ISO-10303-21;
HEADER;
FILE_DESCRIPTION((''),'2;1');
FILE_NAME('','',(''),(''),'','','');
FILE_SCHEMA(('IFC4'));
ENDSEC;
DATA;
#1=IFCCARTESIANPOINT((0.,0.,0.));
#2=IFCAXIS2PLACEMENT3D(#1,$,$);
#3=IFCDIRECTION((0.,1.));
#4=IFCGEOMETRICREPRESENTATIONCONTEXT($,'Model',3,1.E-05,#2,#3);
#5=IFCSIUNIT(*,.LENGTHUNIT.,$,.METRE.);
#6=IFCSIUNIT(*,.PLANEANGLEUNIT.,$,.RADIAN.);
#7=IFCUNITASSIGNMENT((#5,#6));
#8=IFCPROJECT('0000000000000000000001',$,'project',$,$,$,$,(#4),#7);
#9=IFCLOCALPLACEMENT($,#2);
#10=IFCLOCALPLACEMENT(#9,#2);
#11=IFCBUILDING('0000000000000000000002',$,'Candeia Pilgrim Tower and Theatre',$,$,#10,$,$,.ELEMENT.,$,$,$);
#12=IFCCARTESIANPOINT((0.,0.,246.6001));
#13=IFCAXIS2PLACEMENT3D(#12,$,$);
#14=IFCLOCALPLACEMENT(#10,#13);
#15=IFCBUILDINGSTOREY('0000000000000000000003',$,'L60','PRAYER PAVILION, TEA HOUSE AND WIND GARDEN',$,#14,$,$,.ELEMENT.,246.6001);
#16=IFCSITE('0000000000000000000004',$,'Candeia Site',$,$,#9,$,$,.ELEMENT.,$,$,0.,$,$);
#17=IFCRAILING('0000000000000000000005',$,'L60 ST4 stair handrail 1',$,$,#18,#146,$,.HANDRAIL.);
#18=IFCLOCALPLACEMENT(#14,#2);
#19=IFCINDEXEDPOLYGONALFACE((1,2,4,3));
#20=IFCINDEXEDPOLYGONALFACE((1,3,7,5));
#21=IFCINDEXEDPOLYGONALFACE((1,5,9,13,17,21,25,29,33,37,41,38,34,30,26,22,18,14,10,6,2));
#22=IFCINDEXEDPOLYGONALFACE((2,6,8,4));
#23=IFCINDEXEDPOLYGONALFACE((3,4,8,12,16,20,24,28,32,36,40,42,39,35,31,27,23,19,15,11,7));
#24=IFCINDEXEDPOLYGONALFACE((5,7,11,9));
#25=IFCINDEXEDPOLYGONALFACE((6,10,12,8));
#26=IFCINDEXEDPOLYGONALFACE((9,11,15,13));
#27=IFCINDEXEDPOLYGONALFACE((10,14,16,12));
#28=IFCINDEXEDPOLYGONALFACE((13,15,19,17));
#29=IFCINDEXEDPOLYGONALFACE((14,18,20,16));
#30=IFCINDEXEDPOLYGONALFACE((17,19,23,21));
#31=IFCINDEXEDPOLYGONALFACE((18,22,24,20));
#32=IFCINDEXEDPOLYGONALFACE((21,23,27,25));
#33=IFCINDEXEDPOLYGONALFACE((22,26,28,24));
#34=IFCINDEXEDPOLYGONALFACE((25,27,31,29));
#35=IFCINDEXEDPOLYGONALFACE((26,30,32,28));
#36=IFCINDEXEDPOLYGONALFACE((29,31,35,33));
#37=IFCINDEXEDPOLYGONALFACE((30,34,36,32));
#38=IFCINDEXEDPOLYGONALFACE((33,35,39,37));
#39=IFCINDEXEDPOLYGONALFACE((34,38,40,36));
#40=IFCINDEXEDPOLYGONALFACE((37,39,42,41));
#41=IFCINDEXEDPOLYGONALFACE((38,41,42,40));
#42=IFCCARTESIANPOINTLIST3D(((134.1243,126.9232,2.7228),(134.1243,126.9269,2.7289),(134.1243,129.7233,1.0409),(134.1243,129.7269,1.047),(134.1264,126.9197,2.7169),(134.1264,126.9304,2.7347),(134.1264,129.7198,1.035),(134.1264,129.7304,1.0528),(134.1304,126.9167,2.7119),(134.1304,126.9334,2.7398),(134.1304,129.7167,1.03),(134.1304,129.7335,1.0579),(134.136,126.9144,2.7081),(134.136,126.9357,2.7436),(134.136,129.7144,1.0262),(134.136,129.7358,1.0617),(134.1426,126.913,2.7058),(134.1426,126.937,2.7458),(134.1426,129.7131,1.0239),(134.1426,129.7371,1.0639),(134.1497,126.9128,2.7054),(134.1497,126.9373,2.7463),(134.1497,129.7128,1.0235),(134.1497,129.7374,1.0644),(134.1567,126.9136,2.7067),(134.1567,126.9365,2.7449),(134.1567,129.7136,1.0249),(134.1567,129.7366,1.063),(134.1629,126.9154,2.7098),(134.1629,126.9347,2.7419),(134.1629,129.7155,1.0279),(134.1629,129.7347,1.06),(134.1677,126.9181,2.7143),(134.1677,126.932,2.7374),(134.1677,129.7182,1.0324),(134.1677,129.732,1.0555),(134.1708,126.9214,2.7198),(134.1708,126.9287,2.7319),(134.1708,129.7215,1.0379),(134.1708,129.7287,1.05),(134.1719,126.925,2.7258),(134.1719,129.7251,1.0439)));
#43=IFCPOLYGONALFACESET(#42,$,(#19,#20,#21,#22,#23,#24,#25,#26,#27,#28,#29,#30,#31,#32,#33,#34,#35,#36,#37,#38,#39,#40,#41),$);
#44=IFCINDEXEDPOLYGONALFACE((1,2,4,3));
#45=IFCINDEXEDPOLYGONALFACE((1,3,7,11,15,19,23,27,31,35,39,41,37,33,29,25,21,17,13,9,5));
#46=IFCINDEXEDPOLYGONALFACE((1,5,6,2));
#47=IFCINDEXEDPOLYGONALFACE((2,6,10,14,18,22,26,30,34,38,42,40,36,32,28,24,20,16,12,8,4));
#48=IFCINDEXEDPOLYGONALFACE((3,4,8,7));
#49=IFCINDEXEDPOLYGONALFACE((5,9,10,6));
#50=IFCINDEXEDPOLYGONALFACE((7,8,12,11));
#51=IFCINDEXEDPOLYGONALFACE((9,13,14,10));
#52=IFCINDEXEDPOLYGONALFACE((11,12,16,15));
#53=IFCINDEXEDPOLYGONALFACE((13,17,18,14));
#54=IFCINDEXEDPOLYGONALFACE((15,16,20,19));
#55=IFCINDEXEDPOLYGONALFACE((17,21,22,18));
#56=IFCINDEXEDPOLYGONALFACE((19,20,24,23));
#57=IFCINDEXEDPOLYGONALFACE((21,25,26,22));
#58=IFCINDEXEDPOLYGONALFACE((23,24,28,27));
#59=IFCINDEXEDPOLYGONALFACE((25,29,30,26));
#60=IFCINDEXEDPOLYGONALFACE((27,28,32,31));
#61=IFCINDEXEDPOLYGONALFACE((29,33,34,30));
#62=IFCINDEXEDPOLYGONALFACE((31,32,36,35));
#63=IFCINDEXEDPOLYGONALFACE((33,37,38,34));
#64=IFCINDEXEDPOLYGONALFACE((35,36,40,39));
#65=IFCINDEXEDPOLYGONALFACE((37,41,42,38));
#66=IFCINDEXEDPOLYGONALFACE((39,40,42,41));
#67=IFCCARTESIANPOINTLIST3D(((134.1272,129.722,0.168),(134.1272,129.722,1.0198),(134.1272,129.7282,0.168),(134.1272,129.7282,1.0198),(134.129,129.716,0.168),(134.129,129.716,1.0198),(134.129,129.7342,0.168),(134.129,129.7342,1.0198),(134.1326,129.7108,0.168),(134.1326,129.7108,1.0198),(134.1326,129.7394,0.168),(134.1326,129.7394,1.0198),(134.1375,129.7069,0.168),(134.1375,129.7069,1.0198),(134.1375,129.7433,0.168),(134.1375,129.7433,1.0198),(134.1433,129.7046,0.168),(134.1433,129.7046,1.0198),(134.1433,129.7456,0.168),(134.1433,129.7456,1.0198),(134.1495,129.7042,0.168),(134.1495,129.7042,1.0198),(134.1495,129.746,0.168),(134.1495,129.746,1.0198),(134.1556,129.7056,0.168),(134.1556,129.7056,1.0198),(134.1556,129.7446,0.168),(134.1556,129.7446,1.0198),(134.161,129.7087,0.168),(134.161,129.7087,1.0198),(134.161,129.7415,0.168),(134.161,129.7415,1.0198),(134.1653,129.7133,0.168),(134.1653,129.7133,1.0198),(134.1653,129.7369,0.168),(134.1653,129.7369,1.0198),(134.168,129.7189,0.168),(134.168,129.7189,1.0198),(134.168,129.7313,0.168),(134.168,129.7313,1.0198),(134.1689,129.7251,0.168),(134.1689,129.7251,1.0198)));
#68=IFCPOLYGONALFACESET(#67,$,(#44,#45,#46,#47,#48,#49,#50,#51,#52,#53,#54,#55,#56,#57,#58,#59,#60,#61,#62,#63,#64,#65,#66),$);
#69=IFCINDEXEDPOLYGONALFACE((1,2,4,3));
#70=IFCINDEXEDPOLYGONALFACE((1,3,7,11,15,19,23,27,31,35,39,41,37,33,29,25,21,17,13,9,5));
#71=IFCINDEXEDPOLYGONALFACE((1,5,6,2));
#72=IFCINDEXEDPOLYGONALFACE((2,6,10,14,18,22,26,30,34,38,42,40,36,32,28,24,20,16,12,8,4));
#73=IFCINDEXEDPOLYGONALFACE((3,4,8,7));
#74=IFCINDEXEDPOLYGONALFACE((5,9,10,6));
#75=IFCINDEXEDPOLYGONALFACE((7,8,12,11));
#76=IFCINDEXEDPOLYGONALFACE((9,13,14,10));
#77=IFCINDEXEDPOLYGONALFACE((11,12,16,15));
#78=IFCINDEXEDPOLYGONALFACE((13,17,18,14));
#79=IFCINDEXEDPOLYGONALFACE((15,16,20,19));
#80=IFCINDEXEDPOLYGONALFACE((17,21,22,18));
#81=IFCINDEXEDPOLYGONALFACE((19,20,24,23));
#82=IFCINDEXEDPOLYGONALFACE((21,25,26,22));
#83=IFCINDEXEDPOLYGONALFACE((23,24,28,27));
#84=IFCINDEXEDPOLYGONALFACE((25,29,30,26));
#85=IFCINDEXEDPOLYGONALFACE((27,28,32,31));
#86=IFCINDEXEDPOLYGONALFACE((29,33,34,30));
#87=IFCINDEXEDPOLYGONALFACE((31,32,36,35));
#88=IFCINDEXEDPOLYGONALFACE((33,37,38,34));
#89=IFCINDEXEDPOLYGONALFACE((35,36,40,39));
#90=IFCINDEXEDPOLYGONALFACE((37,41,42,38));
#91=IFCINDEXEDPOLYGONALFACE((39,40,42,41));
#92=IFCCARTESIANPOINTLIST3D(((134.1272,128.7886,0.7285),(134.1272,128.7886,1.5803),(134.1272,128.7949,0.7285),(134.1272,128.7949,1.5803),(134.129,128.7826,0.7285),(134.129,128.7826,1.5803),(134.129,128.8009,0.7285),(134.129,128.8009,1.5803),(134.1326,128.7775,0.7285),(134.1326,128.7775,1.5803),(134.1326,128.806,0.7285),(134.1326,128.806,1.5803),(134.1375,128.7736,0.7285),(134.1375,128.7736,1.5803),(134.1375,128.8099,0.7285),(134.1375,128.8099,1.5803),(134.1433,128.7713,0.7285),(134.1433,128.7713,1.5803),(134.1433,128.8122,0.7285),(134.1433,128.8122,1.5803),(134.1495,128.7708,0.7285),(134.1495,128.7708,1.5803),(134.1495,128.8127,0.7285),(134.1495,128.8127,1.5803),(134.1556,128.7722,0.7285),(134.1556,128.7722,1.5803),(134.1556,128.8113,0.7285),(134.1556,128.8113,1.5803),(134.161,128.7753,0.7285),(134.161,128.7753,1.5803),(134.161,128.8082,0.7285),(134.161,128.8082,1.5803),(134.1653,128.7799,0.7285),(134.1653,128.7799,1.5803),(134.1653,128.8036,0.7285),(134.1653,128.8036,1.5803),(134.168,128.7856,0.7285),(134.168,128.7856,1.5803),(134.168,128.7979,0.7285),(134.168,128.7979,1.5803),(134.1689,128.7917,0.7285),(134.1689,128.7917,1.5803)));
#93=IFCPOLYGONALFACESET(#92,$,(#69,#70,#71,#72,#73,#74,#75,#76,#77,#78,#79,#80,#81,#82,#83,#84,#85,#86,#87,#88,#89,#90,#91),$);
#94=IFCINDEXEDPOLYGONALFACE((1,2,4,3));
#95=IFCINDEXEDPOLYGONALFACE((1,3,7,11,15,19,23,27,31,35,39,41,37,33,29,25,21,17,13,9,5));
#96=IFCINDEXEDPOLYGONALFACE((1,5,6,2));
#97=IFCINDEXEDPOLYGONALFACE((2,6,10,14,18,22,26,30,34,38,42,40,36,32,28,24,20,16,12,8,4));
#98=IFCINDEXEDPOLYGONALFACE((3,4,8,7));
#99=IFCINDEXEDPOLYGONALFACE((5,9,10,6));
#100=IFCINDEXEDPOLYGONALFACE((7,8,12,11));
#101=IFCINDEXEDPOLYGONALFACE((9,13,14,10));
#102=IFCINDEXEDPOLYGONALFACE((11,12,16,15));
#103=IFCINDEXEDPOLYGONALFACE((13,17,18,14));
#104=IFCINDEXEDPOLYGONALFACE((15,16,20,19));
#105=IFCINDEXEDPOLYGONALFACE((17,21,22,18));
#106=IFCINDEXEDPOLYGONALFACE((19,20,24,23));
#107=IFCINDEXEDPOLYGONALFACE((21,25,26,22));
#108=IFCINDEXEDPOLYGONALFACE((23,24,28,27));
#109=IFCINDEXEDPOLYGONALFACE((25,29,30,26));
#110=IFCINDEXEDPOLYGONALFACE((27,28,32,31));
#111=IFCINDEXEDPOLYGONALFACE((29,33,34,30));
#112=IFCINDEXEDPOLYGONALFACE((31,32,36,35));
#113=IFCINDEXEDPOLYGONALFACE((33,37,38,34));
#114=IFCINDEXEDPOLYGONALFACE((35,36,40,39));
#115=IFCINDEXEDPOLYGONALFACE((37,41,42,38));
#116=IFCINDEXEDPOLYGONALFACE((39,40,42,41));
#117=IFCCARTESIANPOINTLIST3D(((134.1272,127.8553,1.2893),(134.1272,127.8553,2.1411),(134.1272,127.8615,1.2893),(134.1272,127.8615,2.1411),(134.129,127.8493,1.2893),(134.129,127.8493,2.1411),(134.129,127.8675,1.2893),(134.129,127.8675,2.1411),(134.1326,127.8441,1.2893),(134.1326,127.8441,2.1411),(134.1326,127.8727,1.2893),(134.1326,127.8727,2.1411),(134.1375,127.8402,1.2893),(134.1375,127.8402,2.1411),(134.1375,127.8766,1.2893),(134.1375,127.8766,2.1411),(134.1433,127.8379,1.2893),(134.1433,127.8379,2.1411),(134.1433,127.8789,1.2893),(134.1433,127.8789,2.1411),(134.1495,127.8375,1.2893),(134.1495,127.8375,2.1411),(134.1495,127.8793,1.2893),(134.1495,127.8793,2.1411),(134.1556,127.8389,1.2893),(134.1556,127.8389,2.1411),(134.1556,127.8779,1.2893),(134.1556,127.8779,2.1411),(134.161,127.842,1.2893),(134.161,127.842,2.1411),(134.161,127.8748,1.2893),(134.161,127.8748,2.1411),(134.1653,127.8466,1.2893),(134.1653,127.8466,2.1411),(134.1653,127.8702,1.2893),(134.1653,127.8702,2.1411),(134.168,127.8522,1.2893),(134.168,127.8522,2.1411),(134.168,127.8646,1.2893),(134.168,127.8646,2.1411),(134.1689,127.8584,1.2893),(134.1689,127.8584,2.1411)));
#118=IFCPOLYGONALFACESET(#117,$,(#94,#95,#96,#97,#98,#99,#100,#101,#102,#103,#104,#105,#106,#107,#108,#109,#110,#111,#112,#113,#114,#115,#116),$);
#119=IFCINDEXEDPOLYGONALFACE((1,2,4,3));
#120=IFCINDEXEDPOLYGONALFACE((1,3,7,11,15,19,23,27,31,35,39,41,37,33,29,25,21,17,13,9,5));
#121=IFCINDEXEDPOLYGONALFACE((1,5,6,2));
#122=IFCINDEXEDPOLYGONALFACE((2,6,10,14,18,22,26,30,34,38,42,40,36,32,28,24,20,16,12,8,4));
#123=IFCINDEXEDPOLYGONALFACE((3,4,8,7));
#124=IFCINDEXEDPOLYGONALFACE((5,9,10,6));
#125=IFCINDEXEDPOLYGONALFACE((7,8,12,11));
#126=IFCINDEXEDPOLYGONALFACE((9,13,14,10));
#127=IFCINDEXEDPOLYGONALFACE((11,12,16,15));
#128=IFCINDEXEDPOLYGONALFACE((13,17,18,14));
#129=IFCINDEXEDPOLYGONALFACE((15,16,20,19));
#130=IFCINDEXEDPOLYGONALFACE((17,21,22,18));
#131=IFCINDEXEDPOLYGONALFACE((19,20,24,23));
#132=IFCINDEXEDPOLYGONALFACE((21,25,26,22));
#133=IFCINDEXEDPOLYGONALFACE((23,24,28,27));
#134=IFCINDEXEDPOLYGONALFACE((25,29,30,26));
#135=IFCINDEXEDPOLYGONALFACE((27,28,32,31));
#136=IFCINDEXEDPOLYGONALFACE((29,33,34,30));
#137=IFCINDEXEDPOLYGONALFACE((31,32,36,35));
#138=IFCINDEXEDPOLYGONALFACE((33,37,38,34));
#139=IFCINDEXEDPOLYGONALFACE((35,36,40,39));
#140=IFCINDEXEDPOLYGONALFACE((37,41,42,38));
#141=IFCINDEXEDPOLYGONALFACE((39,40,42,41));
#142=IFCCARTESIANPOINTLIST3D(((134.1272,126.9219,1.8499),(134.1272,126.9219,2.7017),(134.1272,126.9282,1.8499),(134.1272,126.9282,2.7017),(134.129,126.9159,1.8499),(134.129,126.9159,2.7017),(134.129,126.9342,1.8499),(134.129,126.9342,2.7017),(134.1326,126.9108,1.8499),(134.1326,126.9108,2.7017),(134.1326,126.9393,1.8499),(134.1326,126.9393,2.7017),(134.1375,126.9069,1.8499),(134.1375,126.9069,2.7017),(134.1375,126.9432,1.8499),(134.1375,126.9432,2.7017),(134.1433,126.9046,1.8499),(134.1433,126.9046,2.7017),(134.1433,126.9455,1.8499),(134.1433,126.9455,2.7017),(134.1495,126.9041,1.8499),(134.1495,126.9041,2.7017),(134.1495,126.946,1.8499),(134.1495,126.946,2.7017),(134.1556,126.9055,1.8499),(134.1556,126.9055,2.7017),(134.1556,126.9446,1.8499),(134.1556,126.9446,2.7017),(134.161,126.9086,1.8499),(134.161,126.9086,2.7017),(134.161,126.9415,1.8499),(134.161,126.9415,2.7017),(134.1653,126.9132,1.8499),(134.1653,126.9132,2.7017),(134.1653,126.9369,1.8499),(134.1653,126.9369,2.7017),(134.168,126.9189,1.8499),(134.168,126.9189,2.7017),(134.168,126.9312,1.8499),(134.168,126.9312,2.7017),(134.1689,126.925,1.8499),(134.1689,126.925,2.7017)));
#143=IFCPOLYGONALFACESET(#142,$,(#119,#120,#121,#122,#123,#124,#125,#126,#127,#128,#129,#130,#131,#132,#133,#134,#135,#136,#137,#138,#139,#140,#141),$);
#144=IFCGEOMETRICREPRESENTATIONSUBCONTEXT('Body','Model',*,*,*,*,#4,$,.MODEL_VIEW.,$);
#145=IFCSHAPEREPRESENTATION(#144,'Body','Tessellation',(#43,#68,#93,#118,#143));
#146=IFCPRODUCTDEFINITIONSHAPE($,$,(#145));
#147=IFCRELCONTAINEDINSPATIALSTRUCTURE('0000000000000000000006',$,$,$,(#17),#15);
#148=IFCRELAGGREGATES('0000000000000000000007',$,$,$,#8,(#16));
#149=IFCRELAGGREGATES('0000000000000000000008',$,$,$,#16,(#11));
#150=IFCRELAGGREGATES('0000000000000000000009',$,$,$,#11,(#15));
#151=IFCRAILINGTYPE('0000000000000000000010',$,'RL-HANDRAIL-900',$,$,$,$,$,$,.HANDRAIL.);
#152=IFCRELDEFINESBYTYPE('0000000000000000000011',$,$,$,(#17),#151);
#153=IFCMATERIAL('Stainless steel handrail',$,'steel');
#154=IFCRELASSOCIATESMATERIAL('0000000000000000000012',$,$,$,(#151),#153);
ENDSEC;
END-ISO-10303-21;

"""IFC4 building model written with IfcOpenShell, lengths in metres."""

from ifc_helpers import new_model, si_unit, direction, frame, origin, origin_2d, place, context, subcontext, project, spatial, circle, extrude, material, type_object, element, save


model = new_model("IFC4")

# Units and contexts
model_context = context("Model", 3, precision=1e-05, world=origin(), true_north=direction((0.0, 1.0)))
body_context = subcontext(model_context, "Body", "Model", "MODEL_VIEW")
ifc_project = project(units=[si_unit("LENGTHUNIT", "METRE"), si_unit("PLANEANGLEUNIT", "RADIAN")], contexts=[model_context])

# Site, building, storey
site_placement = place(None, origin())
site = spatial("IfcSite", under=ifc_project, at=site_placement, Name="Candeia Site", CompositionType="ELEMENT", RefElevation=0.0)
building_placement = place(site_placement, origin())
building = spatial("IfcBuilding", under=site, at=building_placement, Name="Candeia Pilgrim Tower and Theatre", CompositionType="ELEMENT")
storey_placement = place(building_placement, frame((0.0, 0.0, 246.6001)))
storey = spatial("IfcBuildingStorey", under=building, at=storey_placement, Name="L60", Description="PRAYER PAVILION, TEA HOUSE AND WIND GARDEN", CompositionType="ELEMENT", Elevation=246.6001)

# Railing
ifc_material_1 = material(Name="Stainless steel handrail", Category="steel")
railing_type_1 = type_object("IfcRailingType", Name="RL-HANDRAIL-900", PredefinedType="HANDRAIL", material=ifc_material_1)
railing_1_placement = place(storey_placement, frame((134.1479, 129.7251, 0.168)))
element("IfcRailing", 1, at=railing_1_placement, inside=storey, type_object=railing_type_1, Name="L60 ST4 stair handrail 1", PredefinedType="HANDRAIL", context=body_context, shape_type="SweptSolid", body=[
    extrude(circle(Radius=0.0239, at=origin_2d()), frame((0.0, 0.0, 0.876), z_axis=(0.0, -0.857242, 0.514913), x_axis=(1.0, 0.0, 0.0)), (0.0, 0.0, 1.0), 3.2664),
    extrude(circle(Radius=0.021, at=origin_2d()), origin(), (0.0, 0.0, 1.0), 0.8518),
    extrude(circle(Radius=0.021, at=origin_2d()), frame((0.0, -0.9333, 0.5605)), (0.0, 0.0, 1.0), 0.8518),
    extrude(circle(Radius=0.021, at=origin_2d()), frame((0.0, -1.8667, 1.1213)), (0.0, 0.0, 1.0), 0.8518),
    extrude(circle(Radius=0.021, at=origin_2d()), frame((0.0, -2.8, 1.6819)), (0.0, 0.0, 1.0), 0.8518),
])

save(model, "model.ifc")
